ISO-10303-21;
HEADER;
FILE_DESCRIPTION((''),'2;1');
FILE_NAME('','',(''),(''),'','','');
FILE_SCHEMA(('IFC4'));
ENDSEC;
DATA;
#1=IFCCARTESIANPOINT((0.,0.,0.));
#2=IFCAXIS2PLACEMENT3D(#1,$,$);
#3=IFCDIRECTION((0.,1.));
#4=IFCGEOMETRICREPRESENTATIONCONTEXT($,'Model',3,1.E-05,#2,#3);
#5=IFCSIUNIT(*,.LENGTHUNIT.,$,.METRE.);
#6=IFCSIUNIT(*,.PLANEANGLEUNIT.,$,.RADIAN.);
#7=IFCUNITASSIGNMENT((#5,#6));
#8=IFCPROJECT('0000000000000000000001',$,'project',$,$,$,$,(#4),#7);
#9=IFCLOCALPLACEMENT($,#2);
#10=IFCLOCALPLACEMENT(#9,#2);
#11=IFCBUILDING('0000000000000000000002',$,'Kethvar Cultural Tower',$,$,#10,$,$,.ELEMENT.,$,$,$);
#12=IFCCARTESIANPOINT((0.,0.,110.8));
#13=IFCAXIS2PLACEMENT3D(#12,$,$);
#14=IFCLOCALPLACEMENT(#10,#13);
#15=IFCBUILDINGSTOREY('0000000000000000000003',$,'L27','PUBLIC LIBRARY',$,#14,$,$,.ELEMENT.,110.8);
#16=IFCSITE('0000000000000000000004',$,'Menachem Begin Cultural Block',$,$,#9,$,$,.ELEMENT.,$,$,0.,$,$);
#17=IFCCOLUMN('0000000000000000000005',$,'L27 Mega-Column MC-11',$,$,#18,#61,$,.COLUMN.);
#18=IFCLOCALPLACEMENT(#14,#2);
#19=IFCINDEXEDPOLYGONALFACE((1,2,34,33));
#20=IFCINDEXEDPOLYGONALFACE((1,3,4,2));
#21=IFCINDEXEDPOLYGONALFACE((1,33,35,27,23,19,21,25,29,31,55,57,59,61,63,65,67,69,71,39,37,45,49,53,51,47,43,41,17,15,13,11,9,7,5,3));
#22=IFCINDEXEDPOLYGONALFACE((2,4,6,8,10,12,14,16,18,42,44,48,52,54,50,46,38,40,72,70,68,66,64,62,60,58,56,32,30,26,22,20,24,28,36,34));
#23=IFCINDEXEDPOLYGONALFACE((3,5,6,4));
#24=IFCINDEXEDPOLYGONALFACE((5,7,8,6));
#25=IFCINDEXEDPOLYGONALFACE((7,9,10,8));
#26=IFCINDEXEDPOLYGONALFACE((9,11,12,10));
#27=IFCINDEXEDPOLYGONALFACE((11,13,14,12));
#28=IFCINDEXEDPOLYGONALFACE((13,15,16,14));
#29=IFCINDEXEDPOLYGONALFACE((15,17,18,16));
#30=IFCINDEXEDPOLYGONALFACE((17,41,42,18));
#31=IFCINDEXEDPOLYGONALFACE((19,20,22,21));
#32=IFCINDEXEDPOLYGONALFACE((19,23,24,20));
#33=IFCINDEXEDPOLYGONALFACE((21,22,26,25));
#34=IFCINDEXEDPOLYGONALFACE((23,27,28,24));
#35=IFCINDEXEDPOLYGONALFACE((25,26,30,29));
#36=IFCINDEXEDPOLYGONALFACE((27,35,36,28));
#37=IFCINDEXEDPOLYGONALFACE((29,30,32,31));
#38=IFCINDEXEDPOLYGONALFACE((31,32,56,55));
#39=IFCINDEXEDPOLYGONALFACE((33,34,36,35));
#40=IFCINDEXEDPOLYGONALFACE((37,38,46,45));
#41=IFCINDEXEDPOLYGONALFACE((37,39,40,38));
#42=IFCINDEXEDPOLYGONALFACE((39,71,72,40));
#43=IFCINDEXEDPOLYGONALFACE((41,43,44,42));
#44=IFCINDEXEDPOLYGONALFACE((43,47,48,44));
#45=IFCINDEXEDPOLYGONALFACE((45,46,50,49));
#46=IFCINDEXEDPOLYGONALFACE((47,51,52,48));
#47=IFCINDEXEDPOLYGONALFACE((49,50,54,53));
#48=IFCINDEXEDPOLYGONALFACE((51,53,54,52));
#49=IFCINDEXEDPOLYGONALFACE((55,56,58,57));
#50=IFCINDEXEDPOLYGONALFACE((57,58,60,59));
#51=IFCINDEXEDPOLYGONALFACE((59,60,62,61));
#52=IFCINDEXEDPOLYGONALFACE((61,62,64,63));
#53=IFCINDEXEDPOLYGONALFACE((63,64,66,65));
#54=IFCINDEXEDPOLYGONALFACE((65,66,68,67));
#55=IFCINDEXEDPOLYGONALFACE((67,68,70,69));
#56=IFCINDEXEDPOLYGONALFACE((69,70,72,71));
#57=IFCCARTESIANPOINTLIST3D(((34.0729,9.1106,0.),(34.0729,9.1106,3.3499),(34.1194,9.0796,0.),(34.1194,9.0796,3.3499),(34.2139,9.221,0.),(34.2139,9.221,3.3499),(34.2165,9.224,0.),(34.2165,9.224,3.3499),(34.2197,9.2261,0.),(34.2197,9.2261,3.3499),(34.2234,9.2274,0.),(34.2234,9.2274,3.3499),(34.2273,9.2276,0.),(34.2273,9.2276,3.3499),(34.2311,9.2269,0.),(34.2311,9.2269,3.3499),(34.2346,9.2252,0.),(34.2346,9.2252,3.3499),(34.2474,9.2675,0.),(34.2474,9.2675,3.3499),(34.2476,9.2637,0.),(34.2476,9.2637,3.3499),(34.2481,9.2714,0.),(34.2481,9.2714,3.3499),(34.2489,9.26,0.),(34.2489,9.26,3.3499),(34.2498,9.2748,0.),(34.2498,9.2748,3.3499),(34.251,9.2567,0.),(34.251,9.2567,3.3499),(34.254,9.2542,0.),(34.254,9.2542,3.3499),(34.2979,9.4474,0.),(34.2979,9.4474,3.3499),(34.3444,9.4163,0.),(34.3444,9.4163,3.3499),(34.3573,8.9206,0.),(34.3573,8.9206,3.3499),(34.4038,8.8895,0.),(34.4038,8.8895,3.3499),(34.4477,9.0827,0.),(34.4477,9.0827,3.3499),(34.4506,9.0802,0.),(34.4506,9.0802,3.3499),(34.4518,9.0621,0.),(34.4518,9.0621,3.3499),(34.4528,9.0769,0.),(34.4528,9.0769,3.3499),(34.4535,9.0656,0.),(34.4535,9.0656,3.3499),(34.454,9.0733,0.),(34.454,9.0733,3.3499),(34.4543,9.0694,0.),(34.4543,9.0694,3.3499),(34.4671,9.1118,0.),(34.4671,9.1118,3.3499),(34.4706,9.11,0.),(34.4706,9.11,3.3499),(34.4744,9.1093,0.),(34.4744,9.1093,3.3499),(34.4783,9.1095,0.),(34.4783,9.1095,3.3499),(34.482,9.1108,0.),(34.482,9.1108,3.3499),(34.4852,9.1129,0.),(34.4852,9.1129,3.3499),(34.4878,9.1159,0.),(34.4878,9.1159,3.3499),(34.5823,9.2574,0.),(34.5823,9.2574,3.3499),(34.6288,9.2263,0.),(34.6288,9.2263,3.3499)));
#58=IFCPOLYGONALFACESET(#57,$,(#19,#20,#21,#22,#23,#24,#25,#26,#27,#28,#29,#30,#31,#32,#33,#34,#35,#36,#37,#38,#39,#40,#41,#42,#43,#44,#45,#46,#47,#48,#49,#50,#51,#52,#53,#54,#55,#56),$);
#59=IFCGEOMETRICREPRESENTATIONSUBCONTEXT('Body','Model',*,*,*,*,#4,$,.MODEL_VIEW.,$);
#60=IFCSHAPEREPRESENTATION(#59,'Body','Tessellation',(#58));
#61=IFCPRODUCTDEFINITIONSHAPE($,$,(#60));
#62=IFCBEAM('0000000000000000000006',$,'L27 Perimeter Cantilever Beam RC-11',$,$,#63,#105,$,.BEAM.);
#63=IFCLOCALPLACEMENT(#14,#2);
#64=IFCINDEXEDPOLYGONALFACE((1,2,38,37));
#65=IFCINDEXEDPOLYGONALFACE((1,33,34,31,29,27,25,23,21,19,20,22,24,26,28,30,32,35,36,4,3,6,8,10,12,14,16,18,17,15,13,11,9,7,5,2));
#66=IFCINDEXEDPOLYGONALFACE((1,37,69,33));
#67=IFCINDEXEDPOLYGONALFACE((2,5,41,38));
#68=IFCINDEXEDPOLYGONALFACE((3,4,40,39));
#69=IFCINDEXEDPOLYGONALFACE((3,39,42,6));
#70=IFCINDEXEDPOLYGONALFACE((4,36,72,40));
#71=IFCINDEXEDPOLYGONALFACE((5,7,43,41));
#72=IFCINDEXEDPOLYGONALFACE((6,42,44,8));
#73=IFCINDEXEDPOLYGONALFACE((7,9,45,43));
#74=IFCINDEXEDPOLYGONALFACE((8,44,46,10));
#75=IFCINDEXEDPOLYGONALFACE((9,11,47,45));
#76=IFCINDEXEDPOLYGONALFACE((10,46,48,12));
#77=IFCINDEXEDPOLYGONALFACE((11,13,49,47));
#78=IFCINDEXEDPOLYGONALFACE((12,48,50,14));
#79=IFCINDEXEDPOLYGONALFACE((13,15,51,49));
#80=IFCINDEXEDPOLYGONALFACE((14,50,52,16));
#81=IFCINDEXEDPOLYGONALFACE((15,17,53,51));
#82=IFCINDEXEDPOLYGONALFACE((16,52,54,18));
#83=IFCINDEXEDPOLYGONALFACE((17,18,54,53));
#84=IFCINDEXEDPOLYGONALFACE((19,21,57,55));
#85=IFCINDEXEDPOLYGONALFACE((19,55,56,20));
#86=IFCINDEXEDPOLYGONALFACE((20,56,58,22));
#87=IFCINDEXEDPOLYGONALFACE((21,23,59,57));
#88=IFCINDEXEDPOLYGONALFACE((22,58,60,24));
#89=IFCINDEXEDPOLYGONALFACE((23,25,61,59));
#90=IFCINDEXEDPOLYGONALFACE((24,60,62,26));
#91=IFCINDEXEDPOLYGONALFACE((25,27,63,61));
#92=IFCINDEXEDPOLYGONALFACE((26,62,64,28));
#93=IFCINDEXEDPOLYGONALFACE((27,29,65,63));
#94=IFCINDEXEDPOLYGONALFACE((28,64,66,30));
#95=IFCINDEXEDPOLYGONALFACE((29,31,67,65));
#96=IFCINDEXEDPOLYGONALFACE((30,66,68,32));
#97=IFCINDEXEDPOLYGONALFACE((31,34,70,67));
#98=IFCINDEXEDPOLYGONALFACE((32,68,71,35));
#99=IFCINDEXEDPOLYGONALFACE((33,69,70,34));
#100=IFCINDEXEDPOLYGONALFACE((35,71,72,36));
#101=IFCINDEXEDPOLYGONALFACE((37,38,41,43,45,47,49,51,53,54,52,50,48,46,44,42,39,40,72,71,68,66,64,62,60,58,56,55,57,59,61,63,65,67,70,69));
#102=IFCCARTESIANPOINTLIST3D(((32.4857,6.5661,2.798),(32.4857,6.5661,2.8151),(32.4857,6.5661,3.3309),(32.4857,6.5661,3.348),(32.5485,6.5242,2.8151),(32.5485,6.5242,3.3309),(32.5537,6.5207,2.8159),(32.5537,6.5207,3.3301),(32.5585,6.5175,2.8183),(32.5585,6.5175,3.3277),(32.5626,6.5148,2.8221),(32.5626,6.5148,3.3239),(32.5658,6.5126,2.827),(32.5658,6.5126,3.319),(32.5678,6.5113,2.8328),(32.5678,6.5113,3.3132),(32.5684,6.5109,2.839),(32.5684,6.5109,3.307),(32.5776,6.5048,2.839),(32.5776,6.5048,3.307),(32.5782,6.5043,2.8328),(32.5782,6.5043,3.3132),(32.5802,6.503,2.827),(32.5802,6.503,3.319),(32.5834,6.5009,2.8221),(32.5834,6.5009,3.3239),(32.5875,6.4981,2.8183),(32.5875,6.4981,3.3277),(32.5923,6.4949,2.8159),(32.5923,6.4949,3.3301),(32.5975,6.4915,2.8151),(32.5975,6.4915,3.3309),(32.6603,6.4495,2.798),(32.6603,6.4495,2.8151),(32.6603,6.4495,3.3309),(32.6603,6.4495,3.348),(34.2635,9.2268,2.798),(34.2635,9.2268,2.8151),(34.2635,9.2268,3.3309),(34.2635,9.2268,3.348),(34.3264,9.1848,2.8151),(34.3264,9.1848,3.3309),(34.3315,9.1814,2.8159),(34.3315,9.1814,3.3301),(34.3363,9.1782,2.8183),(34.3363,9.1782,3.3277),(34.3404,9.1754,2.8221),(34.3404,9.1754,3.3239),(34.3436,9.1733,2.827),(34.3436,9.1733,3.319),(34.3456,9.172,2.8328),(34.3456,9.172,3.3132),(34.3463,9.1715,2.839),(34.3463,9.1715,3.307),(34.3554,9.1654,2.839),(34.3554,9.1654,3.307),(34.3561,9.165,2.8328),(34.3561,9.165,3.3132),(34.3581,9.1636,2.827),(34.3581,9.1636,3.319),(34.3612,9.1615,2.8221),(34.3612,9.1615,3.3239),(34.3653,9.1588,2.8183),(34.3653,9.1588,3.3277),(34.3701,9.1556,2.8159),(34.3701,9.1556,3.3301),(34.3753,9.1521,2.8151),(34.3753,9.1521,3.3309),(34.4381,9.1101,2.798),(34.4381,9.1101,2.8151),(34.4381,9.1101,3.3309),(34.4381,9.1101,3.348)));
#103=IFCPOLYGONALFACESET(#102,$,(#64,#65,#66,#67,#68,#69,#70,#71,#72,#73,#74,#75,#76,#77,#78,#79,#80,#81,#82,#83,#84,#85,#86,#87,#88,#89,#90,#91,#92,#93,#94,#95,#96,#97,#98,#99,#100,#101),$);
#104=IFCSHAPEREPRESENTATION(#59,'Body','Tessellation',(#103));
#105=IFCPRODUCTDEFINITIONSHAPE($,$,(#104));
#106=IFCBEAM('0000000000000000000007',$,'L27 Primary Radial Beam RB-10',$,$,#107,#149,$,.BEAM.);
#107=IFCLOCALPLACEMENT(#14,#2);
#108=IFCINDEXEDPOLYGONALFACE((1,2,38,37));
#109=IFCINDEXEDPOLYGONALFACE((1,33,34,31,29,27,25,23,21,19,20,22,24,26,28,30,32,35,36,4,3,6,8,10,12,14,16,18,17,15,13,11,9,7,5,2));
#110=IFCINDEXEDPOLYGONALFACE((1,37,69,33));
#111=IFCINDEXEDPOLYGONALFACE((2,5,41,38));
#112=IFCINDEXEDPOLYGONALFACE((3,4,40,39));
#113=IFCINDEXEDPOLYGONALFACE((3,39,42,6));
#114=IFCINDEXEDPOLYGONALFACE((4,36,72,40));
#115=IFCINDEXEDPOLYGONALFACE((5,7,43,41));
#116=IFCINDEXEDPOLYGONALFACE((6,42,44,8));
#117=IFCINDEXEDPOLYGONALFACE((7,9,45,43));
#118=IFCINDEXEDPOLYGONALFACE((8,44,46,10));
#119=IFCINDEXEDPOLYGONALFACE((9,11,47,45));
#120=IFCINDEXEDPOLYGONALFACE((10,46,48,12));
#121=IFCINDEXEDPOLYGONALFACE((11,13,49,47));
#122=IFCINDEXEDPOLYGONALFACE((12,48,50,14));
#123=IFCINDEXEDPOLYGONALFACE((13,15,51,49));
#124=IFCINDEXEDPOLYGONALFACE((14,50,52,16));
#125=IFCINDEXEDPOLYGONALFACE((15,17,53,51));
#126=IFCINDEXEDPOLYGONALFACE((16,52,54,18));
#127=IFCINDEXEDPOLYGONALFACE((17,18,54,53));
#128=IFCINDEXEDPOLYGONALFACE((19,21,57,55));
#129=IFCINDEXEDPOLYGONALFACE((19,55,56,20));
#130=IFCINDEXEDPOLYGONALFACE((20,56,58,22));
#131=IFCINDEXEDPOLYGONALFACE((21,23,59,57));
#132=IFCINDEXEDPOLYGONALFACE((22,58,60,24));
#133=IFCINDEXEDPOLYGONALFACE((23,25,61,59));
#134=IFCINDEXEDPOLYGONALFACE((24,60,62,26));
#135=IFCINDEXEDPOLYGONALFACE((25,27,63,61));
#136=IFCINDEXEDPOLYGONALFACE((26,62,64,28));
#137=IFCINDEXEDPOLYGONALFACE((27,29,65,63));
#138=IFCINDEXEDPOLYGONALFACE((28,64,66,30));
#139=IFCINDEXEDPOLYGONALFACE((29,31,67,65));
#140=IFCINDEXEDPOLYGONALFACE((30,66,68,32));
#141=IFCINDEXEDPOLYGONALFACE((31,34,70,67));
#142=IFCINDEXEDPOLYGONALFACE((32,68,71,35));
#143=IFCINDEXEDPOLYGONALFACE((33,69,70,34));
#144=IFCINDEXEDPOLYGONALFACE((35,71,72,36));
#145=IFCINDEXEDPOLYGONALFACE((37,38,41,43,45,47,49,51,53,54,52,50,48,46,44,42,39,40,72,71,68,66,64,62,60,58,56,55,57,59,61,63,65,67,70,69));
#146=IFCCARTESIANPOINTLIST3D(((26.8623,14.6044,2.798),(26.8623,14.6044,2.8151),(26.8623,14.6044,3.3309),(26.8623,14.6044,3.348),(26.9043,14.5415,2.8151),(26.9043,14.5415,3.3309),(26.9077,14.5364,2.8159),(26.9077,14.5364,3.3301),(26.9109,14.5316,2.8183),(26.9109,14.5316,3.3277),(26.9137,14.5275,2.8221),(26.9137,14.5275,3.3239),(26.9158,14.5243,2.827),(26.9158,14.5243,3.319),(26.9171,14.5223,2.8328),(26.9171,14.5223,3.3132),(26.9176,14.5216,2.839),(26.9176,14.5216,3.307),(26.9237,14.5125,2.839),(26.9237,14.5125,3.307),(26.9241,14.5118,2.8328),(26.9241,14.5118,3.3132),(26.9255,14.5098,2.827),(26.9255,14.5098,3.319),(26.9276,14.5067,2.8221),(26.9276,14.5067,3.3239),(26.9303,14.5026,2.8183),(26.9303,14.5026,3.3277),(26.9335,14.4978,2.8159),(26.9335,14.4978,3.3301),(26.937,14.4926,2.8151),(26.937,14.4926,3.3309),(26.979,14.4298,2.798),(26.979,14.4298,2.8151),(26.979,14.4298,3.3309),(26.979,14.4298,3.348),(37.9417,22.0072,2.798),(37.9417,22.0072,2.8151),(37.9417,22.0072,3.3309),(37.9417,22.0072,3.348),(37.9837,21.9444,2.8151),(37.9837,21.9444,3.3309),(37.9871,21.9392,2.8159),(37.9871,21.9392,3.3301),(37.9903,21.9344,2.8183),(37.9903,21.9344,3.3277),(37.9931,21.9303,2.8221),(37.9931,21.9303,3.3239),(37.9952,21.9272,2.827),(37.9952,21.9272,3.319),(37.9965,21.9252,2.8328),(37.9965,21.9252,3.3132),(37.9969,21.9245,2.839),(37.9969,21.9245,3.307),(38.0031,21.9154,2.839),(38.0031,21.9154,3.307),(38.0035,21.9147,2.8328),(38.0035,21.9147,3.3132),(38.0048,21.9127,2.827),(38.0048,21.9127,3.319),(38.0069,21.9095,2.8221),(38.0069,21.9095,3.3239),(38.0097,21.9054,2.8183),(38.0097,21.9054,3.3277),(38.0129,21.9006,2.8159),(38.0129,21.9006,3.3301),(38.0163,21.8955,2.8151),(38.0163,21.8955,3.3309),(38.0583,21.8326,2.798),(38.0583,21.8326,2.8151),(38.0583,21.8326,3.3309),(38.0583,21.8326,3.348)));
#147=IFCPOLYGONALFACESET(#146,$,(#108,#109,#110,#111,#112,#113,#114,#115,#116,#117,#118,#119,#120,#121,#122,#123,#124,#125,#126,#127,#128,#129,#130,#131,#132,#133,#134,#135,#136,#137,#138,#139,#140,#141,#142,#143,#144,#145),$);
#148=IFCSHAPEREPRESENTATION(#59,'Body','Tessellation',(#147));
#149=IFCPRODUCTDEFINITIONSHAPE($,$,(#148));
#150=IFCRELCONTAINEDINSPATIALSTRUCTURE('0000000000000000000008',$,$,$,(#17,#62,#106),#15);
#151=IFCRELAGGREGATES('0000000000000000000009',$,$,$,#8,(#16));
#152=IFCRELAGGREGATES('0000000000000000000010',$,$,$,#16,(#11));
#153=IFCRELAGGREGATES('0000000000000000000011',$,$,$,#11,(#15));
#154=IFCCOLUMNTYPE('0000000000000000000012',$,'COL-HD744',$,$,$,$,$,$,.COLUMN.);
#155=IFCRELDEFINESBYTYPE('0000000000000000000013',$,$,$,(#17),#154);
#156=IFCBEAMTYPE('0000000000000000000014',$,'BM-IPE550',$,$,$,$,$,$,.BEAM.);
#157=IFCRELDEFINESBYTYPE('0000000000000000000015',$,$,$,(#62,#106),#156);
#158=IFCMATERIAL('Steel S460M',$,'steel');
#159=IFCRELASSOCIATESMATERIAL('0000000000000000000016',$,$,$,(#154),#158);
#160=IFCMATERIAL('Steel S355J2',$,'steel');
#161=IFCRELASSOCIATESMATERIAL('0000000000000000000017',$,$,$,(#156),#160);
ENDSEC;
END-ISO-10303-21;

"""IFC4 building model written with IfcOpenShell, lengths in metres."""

from ifc_helpers import new_model, si_unit, direction, frame, origin, origin_2d, place, context, subcontext, project, spatial, i_section, extrude, source, transform, mapped, material, material_profile, profile_set, type_object, element, save


model = new_model("IFC4")

# Units and contexts
model_context = context("Model", 3, precision=1e-05, world=origin(), true_north=direction((0.0, 1.0)))
body_context = subcontext(model_context, "Body", "Model", "MODEL_VIEW")
ifc_project = project(units=[si_unit("LENGTHUNIT", "METRE"), si_unit("PLANEANGLEUNIT", "RADIAN")], contexts=[model_context])

# Site, building, storey
site_placement = place(None, origin())
site = spatial("IfcSite", under=ifc_project, at=site_placement, Name="Menachem Begin Cultural Block", CompositionType="ELEMENT", RefElevation=0.0)
building_placement = place(site_placement, origin())
building = spatial("IfcBuilding", under=site, at=building_placement, Name="Kethvar Cultural Tower", CompositionType="ELEMENT")
storey_placement = place(building_placement, frame((0.0, 0.0, 110.8)))
storey = spatial("IfcBuildingStorey", under=building, at=storey_placement, Name="L27", Description="PUBLIC LIBRARY", CompositionType="ELEMENT", Elevation=110.8)

# Column
ifc_material_1 = material(Name="Steel S460M", Category="steel")
ifc_material_profile_1 = material_profile(ifc_material_1, i_section(OverallWidth=0.405, OverallDepth=0.3979, WebThickness=0.0349, FlangeThickness=0.0559, FilletRadius=0.0149, at=origin_2d()), Name="Steel S460M — HD400x744")
ifc_profile_set_1 = profile_set([ifc_material_profile_1], Name="Steel S460M — HD400x744")
column_type = type_object("IfcColumnType", Name="COL-HD744", PredefinedType="COLUMN", material=ifc_profile_set_1)
shared_shape_1 = source(origin(), body_context, "Body", "SweptSolid", [
    extrude(i_section(OverallWidth=0.405, OverallDepth=0.3979, WebThickness=0.0349, FlangeThickness=0.0559, FilletRadius=0.0149, at=origin_2d()), origin(), (0.0, 0.0, 1.0), 3.3499),
])
column_placement = place(storey_placement, frame((34.3508, 9.1685, 0.0), z_axis=(0.0, 0.0, 1.0), x_axis=(-0.55557, -0.83147, 0.0)))
element("IfcColumn", 1, at=column_placement, inside=storey, type_object=column_type, Name="L27 Mega-Column MC-11", PredefinedType="COLUMN", context=body_context, shape_type="MappedRepresentation", body=[
    mapped(shared_shape_1, transform((0.0, 0.0, 0.0), scale=1.0)),
])

# Beams
ifc_material_2 = material(Name="Steel S355J2", Category="steel")
ifc_material_profile_2 = material_profile(ifc_material_2, i_section(OverallWidth=0.21, OverallDepth=0.55, WebThickness=0.011, FlangeThickness=0.0171, FilletRadius=0.0239, at=origin_2d()), Name="Steel S355J2 — IPE550")
ifc_profile_set_2 = profile_set([ifc_material_profile_2], Name="Steel S355J2 — IPE550")
beam_type_1 = type_object("IfcBeamType", Name="BM-IPE550", PredefinedType="BEAM", material=ifc_profile_set_2)
shared_shape_2 = source(origin(), body_context, "Body", "SweptSolid", [
    extrude(i_section(OverallWidth=0.21, OverallDepth=0.55, WebThickness=0.011, FlangeThickness=0.0171, FilletRadius=0.0239, at=origin_2d()), origin(), (0.0, 0.0, 1.0), 3.2),
])
beam_1_placement = place(storey_placement, frame((34.3508, 9.1685, 3.073), z_axis=(-0.55558, -0.831463, 0.0), x_axis=(0.831463, -0.55558, 0.0)))
element("IfcBeam", 2, at=beam_1_placement, inside=storey, type_object=beam_type_1, Name="L27 Perimeter Cantilever Beam RC-11", PredefinedType="BEAM", context=body_context, shape_type="MappedRepresentation", body=[
    mapped(shared_shape_2, transform((0.0, 0.0, 0.0), scale=1.0)),
])
shared_shape_3 = source(origin(), body_context, "Body", "SweptSolid", [
    extrude(i_section(OverallWidth=0.21, OverallDepth=0.55, WebThickness=0.011, FlangeThickness=0.0171, FilletRadius=0.0239, at=origin_2d()), origin(), (0.0, 0.0, 1.0), 13.325),
])
beam_2_placement = place(storey_placement, frame((38.0, 21.9199, 3.073), z_axis=(-0.831475, -0.555562, 0.0), x_axis=(0.555562, -0.831475, 0.0)))
element("IfcBeam", 3, at=beam_2_placement, inside=storey, type_object=beam_type_1, Name="L27 Primary Radial Beam RB-10", PredefinedType="BEAM", context=body_context, shape_type="MappedRepresentation", body=[
    mapped(shared_shape_3, transform((0.0, 0.0, 0.0), scale=1.0)),
])

save(model, "model.ifc")
